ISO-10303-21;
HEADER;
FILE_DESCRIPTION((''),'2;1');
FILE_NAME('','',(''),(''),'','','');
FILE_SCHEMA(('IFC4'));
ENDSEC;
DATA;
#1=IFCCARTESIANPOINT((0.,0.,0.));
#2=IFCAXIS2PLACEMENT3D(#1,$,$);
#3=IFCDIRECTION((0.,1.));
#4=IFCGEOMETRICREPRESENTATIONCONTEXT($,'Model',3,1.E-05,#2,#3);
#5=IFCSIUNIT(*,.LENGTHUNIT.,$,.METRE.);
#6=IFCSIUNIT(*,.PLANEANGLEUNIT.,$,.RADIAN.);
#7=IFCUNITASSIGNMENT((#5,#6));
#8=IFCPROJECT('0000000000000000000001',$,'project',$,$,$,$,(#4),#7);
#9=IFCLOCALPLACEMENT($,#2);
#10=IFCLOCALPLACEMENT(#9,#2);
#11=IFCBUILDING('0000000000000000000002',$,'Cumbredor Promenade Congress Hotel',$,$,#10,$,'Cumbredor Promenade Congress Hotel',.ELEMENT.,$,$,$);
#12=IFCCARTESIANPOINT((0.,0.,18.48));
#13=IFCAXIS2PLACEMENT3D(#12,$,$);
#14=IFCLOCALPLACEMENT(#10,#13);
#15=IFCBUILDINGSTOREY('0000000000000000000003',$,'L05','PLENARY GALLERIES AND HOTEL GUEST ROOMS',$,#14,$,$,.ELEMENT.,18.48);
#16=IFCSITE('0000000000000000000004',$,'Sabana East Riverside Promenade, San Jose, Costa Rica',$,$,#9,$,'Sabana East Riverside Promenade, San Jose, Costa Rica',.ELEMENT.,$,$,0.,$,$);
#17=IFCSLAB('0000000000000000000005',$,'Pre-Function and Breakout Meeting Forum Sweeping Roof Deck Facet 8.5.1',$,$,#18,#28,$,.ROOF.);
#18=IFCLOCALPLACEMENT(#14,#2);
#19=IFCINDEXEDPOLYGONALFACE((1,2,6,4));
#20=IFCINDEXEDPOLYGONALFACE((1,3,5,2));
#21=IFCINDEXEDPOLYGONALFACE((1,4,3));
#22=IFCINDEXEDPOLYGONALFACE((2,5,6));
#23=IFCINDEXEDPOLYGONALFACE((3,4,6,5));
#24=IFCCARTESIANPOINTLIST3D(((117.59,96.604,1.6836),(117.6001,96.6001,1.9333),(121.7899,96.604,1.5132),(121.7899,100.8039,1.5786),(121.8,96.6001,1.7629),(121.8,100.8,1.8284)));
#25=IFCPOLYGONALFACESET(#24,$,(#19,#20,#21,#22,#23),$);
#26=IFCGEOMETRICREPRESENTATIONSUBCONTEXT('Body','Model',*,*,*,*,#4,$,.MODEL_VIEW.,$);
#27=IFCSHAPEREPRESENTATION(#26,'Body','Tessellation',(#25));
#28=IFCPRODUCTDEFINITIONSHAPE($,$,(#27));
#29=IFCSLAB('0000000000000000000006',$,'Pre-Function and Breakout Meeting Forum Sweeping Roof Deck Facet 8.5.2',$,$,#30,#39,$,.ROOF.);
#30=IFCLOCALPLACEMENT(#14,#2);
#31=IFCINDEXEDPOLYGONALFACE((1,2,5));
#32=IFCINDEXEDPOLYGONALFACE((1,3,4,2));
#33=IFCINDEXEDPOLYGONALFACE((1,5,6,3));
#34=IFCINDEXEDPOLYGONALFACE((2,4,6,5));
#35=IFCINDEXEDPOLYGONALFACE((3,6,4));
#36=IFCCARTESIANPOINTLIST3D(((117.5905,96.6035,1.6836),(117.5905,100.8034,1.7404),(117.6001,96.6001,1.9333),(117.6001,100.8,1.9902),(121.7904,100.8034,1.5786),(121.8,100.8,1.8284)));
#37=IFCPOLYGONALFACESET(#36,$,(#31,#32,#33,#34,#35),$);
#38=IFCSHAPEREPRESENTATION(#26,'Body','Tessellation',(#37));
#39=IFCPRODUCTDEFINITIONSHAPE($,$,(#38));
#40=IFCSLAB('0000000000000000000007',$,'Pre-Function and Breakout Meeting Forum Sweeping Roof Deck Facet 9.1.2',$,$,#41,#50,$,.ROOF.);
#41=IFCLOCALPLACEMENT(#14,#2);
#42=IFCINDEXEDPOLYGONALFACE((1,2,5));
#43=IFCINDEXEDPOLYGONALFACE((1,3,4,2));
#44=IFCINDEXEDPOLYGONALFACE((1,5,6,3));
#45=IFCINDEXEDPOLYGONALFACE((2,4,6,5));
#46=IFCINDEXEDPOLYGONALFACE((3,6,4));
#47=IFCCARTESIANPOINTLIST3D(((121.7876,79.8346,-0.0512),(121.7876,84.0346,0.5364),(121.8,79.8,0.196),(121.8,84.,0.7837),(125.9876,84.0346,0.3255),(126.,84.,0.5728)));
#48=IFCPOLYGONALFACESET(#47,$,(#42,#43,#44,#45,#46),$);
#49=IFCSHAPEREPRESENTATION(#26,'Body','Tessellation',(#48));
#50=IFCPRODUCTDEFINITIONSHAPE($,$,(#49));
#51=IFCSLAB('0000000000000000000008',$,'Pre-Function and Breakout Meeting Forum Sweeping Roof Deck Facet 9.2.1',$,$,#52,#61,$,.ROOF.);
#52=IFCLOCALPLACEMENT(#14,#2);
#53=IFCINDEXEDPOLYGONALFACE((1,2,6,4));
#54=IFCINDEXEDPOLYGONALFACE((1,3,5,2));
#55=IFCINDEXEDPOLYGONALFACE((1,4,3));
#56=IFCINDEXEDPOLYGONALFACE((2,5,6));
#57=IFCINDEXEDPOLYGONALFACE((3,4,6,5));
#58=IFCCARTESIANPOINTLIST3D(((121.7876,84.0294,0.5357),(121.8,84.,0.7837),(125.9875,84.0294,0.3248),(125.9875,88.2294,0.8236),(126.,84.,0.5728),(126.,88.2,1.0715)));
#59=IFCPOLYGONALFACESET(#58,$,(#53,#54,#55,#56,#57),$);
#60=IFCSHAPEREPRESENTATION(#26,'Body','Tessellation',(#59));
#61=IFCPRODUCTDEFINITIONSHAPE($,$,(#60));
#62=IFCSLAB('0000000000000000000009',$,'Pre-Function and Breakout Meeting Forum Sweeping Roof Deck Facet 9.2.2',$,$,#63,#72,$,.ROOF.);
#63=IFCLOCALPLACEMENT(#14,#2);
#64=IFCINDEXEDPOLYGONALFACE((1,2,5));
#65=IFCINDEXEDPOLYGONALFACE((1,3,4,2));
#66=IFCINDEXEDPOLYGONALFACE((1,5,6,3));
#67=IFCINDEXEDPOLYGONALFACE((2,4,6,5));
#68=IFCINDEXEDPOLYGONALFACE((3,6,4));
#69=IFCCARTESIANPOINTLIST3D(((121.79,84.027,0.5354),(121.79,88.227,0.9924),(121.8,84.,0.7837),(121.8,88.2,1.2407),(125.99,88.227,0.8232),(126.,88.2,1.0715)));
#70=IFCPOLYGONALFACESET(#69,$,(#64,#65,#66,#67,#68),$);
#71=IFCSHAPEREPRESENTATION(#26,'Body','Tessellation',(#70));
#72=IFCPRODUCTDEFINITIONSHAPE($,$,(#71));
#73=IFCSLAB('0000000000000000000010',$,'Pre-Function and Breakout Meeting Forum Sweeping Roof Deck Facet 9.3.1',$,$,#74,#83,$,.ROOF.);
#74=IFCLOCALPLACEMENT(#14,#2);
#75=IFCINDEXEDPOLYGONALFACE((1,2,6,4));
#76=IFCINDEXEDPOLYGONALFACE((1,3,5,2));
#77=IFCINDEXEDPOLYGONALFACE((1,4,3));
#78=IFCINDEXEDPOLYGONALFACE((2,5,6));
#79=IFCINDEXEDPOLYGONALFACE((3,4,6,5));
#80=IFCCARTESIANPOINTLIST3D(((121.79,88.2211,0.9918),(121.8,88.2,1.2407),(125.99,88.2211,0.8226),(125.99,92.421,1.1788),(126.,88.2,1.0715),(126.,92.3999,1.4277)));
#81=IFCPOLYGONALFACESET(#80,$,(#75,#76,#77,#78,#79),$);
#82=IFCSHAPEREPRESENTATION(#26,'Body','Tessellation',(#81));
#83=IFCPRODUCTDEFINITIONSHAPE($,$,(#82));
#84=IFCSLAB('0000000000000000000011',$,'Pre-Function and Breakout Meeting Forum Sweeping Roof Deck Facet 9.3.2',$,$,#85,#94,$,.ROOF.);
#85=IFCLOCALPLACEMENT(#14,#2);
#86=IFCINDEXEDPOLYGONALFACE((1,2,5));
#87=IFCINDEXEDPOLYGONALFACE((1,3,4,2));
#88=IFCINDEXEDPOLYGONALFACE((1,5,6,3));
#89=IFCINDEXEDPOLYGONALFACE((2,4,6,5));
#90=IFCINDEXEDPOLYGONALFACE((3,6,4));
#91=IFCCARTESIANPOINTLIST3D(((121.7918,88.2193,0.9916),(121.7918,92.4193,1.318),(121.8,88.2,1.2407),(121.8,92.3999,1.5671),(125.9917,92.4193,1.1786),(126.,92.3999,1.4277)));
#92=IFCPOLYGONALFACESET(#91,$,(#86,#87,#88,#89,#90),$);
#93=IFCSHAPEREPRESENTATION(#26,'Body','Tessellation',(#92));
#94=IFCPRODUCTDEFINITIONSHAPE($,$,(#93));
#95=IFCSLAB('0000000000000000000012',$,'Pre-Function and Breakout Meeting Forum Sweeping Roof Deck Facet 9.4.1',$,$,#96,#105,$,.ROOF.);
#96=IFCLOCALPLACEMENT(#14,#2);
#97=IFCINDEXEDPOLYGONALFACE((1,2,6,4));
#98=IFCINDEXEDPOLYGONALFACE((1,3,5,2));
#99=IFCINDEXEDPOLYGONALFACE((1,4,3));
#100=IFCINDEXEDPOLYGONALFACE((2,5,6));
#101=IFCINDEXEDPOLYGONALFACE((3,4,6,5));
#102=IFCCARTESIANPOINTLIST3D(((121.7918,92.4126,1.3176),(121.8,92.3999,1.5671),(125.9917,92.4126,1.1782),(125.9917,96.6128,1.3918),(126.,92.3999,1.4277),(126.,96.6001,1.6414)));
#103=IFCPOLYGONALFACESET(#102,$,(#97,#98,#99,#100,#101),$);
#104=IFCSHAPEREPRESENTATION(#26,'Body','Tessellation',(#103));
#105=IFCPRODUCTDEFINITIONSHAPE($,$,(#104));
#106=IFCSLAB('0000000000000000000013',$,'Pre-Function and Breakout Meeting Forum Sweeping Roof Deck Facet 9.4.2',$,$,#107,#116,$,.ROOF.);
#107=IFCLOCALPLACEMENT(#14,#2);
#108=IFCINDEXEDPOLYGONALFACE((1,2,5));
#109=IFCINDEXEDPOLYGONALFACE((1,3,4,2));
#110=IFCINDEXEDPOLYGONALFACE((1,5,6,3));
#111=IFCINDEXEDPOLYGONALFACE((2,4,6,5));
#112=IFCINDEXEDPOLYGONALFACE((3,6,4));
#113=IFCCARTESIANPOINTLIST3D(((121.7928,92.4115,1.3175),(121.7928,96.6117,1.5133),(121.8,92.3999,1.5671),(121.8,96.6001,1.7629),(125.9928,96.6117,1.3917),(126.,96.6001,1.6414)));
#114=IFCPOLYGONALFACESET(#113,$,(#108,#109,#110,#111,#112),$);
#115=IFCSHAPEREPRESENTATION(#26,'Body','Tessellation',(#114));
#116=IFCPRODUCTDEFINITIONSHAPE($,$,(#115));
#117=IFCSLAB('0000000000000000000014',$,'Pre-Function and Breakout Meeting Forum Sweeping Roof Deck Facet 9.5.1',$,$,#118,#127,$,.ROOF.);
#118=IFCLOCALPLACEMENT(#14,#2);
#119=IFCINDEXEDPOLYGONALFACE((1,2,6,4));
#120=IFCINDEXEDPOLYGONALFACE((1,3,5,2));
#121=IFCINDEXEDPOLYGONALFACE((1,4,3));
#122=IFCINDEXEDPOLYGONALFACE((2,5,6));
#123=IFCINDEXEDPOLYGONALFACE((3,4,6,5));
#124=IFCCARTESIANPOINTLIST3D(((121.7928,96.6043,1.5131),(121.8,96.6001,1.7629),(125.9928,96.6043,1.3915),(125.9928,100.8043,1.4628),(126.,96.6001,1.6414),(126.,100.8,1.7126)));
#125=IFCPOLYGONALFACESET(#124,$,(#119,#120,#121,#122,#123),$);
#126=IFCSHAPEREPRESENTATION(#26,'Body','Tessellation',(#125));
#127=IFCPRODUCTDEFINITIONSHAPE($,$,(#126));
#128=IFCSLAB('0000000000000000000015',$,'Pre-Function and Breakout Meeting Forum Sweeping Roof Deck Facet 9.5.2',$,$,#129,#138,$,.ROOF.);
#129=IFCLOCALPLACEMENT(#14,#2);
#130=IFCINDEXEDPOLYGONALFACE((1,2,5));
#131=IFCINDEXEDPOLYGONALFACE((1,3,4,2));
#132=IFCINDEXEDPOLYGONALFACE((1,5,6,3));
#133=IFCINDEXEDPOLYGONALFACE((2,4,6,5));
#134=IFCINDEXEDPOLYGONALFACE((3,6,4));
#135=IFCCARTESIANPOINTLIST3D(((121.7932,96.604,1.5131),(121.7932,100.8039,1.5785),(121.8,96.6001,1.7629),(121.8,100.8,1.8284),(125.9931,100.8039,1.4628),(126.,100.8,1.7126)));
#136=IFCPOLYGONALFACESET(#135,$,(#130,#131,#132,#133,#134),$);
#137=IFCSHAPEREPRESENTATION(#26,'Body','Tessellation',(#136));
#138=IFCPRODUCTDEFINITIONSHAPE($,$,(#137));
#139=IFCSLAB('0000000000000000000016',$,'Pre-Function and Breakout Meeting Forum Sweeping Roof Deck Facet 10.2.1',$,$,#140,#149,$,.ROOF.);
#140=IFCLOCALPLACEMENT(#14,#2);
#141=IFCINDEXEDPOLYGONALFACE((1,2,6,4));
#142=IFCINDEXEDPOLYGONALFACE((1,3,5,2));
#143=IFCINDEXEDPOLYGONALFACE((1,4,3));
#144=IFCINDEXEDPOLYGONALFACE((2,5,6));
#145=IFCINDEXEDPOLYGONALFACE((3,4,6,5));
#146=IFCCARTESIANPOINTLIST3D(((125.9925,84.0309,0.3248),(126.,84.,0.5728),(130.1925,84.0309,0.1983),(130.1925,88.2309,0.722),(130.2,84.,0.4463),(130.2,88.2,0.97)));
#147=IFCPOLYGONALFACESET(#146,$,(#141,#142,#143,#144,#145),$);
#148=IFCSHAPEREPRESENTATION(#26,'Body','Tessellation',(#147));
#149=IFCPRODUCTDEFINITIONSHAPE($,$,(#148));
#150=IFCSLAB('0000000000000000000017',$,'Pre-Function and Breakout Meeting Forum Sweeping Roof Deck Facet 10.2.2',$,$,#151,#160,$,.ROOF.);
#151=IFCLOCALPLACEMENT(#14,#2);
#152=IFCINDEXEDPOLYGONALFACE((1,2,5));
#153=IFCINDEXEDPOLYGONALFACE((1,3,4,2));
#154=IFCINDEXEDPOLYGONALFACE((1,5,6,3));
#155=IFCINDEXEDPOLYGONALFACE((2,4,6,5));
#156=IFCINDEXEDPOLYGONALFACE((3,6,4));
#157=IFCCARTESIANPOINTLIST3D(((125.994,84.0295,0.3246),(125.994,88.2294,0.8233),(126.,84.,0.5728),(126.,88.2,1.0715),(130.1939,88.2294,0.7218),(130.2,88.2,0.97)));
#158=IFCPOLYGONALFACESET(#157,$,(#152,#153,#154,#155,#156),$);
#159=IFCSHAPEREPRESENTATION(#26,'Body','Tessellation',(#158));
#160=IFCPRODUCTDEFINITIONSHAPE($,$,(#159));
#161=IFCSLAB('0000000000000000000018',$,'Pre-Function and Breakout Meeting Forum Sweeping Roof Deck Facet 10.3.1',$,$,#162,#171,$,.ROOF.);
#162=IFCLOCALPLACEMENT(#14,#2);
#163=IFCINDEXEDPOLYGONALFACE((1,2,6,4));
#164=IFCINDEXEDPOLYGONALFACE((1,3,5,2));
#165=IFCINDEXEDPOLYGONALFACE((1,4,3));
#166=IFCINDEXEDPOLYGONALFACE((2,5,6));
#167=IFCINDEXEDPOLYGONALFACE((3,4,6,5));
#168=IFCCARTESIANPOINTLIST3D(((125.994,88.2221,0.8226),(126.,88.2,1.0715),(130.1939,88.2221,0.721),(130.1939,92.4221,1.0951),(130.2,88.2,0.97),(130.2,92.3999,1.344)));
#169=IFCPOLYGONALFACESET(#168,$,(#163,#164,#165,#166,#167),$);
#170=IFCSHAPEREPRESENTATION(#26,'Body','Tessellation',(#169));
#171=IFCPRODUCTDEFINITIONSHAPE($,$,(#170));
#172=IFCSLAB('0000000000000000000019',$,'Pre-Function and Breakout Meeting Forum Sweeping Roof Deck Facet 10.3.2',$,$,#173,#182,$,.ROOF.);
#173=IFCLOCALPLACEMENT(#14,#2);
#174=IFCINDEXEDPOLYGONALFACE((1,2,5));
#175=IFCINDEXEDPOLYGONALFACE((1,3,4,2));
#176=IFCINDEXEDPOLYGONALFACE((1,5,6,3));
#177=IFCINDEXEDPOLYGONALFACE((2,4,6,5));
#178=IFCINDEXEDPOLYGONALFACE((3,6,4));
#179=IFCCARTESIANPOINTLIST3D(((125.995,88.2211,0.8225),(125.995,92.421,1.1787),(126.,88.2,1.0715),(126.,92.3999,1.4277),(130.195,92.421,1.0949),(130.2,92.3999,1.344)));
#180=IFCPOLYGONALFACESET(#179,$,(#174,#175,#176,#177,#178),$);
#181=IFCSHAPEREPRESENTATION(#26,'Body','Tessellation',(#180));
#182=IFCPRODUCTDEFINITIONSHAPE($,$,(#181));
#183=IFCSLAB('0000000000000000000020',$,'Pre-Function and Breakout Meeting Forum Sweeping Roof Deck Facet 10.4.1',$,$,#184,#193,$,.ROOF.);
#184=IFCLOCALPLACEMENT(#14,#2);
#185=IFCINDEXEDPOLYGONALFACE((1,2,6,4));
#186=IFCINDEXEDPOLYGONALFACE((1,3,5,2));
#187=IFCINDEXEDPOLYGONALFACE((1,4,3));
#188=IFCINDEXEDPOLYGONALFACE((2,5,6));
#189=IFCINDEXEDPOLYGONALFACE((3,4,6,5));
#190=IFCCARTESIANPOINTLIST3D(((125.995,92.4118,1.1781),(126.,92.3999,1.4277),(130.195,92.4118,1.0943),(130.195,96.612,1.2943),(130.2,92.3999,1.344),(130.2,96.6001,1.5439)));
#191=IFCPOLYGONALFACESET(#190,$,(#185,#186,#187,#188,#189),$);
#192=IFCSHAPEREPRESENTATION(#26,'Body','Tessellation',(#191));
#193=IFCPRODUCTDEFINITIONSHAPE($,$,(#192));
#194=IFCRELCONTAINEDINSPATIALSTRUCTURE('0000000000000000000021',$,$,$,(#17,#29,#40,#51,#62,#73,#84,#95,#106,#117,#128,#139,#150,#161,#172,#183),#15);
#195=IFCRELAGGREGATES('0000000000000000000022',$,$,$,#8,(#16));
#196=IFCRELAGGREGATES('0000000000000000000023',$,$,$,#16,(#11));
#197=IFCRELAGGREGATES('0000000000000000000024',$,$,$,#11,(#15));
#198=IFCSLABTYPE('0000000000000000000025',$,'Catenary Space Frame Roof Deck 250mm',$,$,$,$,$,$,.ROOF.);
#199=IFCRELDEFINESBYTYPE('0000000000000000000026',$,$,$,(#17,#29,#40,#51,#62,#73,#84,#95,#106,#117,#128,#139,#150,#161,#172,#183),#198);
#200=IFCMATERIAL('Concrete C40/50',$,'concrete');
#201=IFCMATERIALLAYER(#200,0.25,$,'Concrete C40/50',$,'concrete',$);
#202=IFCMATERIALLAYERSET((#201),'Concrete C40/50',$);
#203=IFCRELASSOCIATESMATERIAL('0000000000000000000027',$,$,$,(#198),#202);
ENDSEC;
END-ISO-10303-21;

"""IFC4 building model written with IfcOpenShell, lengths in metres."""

from ifc_helpers import new_model, si_unit, direction, frame, origin, place, context, subcontext, project, spatial, polyline, outline, extrude, material, layer, layer_set, type_object, element, save


model = new_model("IFC4")

# Units and contexts
model_context = context("Model", 3, precision=1e-05, world=origin(), true_north=direction((0.0, 1.0)))
body_context = subcontext(model_context, "Body", "Model", "MODEL_VIEW")
ifc_project = project(units=[si_unit("LENGTHUNIT", "METRE"), si_unit("PLANEANGLEUNIT", "RADIAN")], contexts=[model_context])

# Site, building, storey
site_placement = place(None, origin())
site = spatial("IfcSite", under=ifc_project, at=site_placement, Name="Sabana East Riverside Promenade, San Jose, Costa Rica", LongName="Sabana East Riverside Promenade, San Jose, Costa Rica", CompositionType="ELEMENT", RefElevation=0.0)
building_placement = place(site_placement, origin())
building = spatial("IfcBuilding", under=site, at=building_placement, Name="Cumbredor Promenade Congress Hotel", LongName="Cumbredor Promenade Congress Hotel", CompositionType="ELEMENT")
storey_placement = place(building_placement, frame((0.0, 0.0, 18.48)))
storey = spatial("IfcBuildingStorey", under=building, at=storey_placement, Name="L05", Description="PLENARY GALLERIES AND HOTEL GUEST ROOMS", CompositionType="ELEMENT", Elevation=18.48)

# Slabs
ifc_material_1 = material(Name="Concrete C40/50", Category="concrete")
ifc_layer_1 = layer(ifc_material_1, 0.25, Name="Concrete C40/50", Category="concrete")
ifc_layer_set_1 = layer_set([ifc_layer_1], Name="Concrete C40/50")
slab_type = type_object("IfcSlabType", Name="Catenary Space Frame Roof Deck 250mm", PredefinedType="ROOF", material=ifc_layer_set_1)
slab_1_placement = place(storey_placement, frame((117.6001, 96.6001, 1.9333), z_axis=(0.040536, -0.015564, 0.999057), x_axis=(0.999178, 0.0, -0.040541)))
element("IfcSlab", 1, at=slab_1_placement, inside=storey, type_object=slab_type, Name="Pre-Function and Breakout Meeting Forum Sweeping Roof Deck Facet 8.5.1", PredefinedType="ROOF", context=body_context, shape_type="SweptSolid", body=[
    extrude(outline(polyline([(0.0, 0.0), (4.2034, 0.0), (4.2008, 4.2005), (0.0, 0.0)])), origin(), (0.0, 0.0, -1.0), 0.25),
])
slab_2_placement = place(storey_placement, frame((117.6001, 96.6001, 1.9333), z_axis=(0.038508, -0.013533, 0.999167), x_axis=(0.706996, 0.706996, -0.017672)))
element("IfcSlab", 2, at=slab_2_placement, inside=storey, type_object=slab_type, Name="Pre-Function and Breakout Meeting Forum Sweeping Roof Deck Facet 8.5.2", PredefinedType="ROOF", context=body_context, shape_type="SweptSolid", body=[
    extrude(outline(polyline([(0.0, 0.0), (5.9406, 0.0), (2.9683, 2.9718), (0.0, 0.0)])), origin(), (0.0, 0.0, -1.0), 0.25),
])
slab_3_placement = place(storey_placement, frame((121.8, 79.8, 0.196), z_axis=(0.049678, -0.138397, 0.98913), x_axis=(0.705689, 0.705689, 0.063296)))
element("IfcSlab", 3, at=slab_3_placement, inside=storey, type_object=slab_type, Name="Pre-Function and Breakout Meeting Forum Sweeping Roof Deck Facet 9.1.2", PredefinedType="ROOF", context=body_context, shape_type="SweptSolid", body=[
    extrude(outline(polyline([(0.0, 0.0), (5.9516, 0.0), (3.0011, 2.9964), (0.0, 0.0)])), origin(), (0.0, 0.0, -1.0), 0.25),
])
slab_4_placement = place(storey_placement, frame((121.8, 84.0, 0.7837), z_axis=(0.049811, -0.117783, 0.991789), x_axis=(0.998741, 0.0, -0.050161)))
element("IfcSlab", 4, at=slab_4_placement, inside=storey, type_object=slab_type, Name="Pre-Function and Breakout Meeting Forum Sweeping Roof Deck Facet 9.2.1", PredefinedType="ROOF", context=body_context, shape_type="SweptSolid", body=[
    extrude(outline(polyline([(0.0, 0.0), (4.2052, 0.0), (4.1802, 4.2294), (0.0, 0.0)])), origin(), (0.0, 0.0, -1.0), 0.25),
])
slab_5_placement = place(storey_placement, frame((121.8, 84.0, 0.7837), z_axis=(0.040015, -0.108093, 0.993335), x_axis=(0.706278, 0.706278, 0.048404)))
element("IfcSlab", 5, at=slab_5_placement, inside=storey, type_object=slab_type, Name="Pre-Function and Breakout Meeting Forum Sweeping Roof Deck Facet 9.2.2", PredefinedType="ROOF", context=body_context, shape_type="SweptSolid", body=[
    extrude(outline(polyline([(0.0, 0.0), (5.9466, 0.0), (2.9885, 2.9862), (0.0, 0.0)])), origin(), (0.0, 0.0, -1.0), 0.25),
])
slab_6_placement = place(storey_placement, frame((121.8, 88.2, 1.2407), z_axis=(0.040107, -0.084439, 0.995621), x_axis=(0.99919, 0.0, -0.040251)))
element("IfcSlab", 6, at=slab_6_placement, inside=storey, type_object=slab_type, Name="Pre-Function and Breakout Meeting Forum Sweeping Roof Deck Facet 9.3.1", PredefinedType="ROOF", context=body_context, shape_type="SweptSolid", body=[
    extrude(outline(polyline([(0.0, 0.0), (4.2034, 0.0), (4.189, 4.215), (0.0, 0.0)])), origin(), (0.0, 0.0, -1.0), 0.25),
])
slab_7_placement = place(storey_placement, frame((121.8, 88.2, 1.2407), z_axis=(0.033074, -0.077443, 0.996448), x_axis=(0.706757, 0.706757, 0.03147)))
element("IfcSlab", 7, at=slab_7_placement, inside=storey, type_object=slab_type, Name="Pre-Function and Breakout Meeting Forum Sweeping Roof Deck Facet 9.3.2", PredefinedType="ROOF", context=body_context, shape_type="SweptSolid", body=[
    extrude(outline(polyline([(0.0, 0.0), (5.9426, 0.0), (2.9786, 2.9789), (0.0, 0.0)])), origin(), (0.0, 0.0, -1.0), 0.25),
])
slab_8_placement = place(storey_placement, frame((121.8, 92.3999, 1.5671), z_axis=(0.033131, -0.050767, 0.998161), x_axis=(0.99945, 0.0, -0.033174)))
element("IfcSlab", 8, at=slab_8_placement, inside=storey, type_object=slab_type, Name="Pre-Function and Breakout Meeting Forum Sweeping Roof Deck Facet 9.4.1", PredefinedType="ROOF", context=body_context, shape_type="SweptSolid", body=[
    extrude(outline(polyline([(0.0, 0.0), (4.2023, 0.0), (4.1952, 4.2056), (0.0, 0.0)])), origin(), (0.0, 0.0, -1.0), 0.25),
])
slab_9_placement = place(storey_placement, frame((121.8, 92.3999, 1.5671), z_axis=(0.028905, -0.046547, 0.998498), x_axis=(0.707031, 0.707072, 0.012494)))
element("IfcSlab", 9, at=slab_9_placement, inside=storey, type_object=slab_type, Name="Pre-Function and Breakout Meeting Forum Sweeping Roof Deck Facet 9.4.2", PredefinedType="ROOF", context=body_context, shape_type="SweptSolid", body=[
    extrude(outline(polyline([(0.0, 0.0), (5.9403, 0.0), (2.9723, 2.9741), (0.0, 0.0)])), origin(), (0.0, 0.0, -1.0), 0.25),
])
slab_10_placement = place(storey_placement, frame((121.8, 96.6001, 1.7629), z_axis=(0.028932, -0.016964, 0.999437), x_axis=(0.999581, 0.0, -0.028936)))
element("IfcSlab", 10, at=slab_10_placement, inside=storey, type_object=slab_type, Name="Pre-Function and Breakout Meeting Forum Sweeping Roof Deck Facet 9.5.1", PredefinedType="ROOF", context=body_context, shape_type="SweptSolid", body=[
    extrude(outline(polyline([(0.0, 0.0), (4.2017, 0.0), (4.1996, 4.2006), (0.0, 0.0)])), origin(), (0.0, 0.0, -1.0), 0.25),
])
slab_11_placement = place(storey_placement, frame((121.8, 96.6001, 1.7629), z_axis=(0.02754, -0.015571, 0.999499), x_axis=(0.707081, 0.707081, -0.008467)))
element("IfcSlab", 11, at=slab_11_placement, inside=storey, type_object=slab_type, Name="Pre-Function and Breakout Meeting Forum Sweeping Roof Deck Facet 9.5.2", PredefinedType="ROOF", context=body_context, shape_type="SweptSolid", body=[
    extrude(outline(polyline([(0.0, 0.0), (5.9398, 0.0), (2.9692, 2.9712), (0.0, 0.0)])), origin(), (0.0, 0.0, -1.0), 0.25),
])
slab_12_placement = place(storey_placement, frame((126.0, 84.0, 0.5728), z_axis=(0.029866, -0.123674, 0.991873), x_axis=(0.999547, 0.0, -0.030097)))
element("IfcSlab", 12, at=slab_12_placement, inside=storey, type_object=slab_type, Name="Pre-Function and Breakout Meeting Forum Sweeping Roof Deck Facet 10.2.1", PredefinedType="ROOF", context=body_context, shape_type="SweptSolid", body=[
    extrude(outline(polyline([(0.0, 0.0), (4.2019, 0.0), (4.1861, 4.2324), (0.0, 0.0)])), origin(), (0.0, 0.0, -1.0), 0.25),
])
slab_13_placement = place(storey_placement, frame((126.0, 84.0, 0.5728), z_axis=(0.024006, -0.117896, 0.992736), x_axis=(0.705531, 0.705531, 0.066727)))
element("IfcSlab", 13, at=slab_13_placement, inside=storey, type_object=slab_type, Name="Pre-Function and Breakout Meeting Forum Sweeping Roof Deck Facet 10.2.2", PredefinedType="ROOF", context=body_context, shape_type="SweptSolid", body=[
    extrude(outline(polyline([(0.0, 0.0), (5.9529, 0.0), (2.9965, 2.9849), (0.0, 0.0)])), origin(), (0.0, 0.0, -1.0), 0.25),
])
slab_14_placement = place(storey_placement, frame((126.0, 88.2, 1.0715), z_axis=(0.02408, -0.088677, 0.995769), x_axis=(0.999708, 0.0, -0.024175)))
element("IfcSlab", 14, at=slab_14_placement, inside=storey, type_object=slab_type, Name="Pre-Function and Breakout Meeting Forum Sweeping Roof Deck Facet 10.3.1", PredefinedType="ROOF", context=body_context, shape_type="SweptSolid", body=[
    extrude(outline(polyline([(0.0, 0.0), (4.2012, 0.0), (4.1921, 4.2166), (0.0, 0.0)])), origin(), (0.0, 0.0, -1.0), 0.25),
])
slab_15_placement = place(storey_placement, frame((126.0, 88.2, 1.0715), z_axis=(0.019863, -0.084491, 0.996226), x_axis=(0.706364, 0.706364, 0.045824)))
element("IfcSlab", 15, at=slab_15_placement, inside=storey, type_object=slab_type, Name="Pre-Function and Breakout Meeting Forum Sweeping Roof Deck Facet 10.3.2", PredefinedType="ROOF", context=body_context, shape_type="SweptSolid", body=[
    extrude(outline(polyline([(0.0, 0.0), (5.9459, 0.0), (2.983, 2.9779), (0.0, 0.0)])), origin(), (0.0, 0.0, -1.0), 0.25),
])
slab_16_placement = place(storey_placement, frame((126.0, 92.3999, 1.4277), z_axis=(0.019912, -0.047542, 0.998671), x_axis=(0.999801, 0.0, -0.019934)))
element("IfcSlab", 16, at=slab_16_placement, inside=storey, type_object=slab_type, Name="Pre-Function and Breakout Meeting Forum Sweeping Roof Deck Facet 10.4.1", PredefinedType="ROOF", context=body_context, shape_type="SweptSolid", body=[
    extrude(outline(polyline([(0.0, 0.0), (4.2008, 0.0), (4.1968, 4.205), (0.0, 0.0)])), origin(), (0.0, 0.0, -1.0), 0.25),
])

save(model, "model.ifc")
